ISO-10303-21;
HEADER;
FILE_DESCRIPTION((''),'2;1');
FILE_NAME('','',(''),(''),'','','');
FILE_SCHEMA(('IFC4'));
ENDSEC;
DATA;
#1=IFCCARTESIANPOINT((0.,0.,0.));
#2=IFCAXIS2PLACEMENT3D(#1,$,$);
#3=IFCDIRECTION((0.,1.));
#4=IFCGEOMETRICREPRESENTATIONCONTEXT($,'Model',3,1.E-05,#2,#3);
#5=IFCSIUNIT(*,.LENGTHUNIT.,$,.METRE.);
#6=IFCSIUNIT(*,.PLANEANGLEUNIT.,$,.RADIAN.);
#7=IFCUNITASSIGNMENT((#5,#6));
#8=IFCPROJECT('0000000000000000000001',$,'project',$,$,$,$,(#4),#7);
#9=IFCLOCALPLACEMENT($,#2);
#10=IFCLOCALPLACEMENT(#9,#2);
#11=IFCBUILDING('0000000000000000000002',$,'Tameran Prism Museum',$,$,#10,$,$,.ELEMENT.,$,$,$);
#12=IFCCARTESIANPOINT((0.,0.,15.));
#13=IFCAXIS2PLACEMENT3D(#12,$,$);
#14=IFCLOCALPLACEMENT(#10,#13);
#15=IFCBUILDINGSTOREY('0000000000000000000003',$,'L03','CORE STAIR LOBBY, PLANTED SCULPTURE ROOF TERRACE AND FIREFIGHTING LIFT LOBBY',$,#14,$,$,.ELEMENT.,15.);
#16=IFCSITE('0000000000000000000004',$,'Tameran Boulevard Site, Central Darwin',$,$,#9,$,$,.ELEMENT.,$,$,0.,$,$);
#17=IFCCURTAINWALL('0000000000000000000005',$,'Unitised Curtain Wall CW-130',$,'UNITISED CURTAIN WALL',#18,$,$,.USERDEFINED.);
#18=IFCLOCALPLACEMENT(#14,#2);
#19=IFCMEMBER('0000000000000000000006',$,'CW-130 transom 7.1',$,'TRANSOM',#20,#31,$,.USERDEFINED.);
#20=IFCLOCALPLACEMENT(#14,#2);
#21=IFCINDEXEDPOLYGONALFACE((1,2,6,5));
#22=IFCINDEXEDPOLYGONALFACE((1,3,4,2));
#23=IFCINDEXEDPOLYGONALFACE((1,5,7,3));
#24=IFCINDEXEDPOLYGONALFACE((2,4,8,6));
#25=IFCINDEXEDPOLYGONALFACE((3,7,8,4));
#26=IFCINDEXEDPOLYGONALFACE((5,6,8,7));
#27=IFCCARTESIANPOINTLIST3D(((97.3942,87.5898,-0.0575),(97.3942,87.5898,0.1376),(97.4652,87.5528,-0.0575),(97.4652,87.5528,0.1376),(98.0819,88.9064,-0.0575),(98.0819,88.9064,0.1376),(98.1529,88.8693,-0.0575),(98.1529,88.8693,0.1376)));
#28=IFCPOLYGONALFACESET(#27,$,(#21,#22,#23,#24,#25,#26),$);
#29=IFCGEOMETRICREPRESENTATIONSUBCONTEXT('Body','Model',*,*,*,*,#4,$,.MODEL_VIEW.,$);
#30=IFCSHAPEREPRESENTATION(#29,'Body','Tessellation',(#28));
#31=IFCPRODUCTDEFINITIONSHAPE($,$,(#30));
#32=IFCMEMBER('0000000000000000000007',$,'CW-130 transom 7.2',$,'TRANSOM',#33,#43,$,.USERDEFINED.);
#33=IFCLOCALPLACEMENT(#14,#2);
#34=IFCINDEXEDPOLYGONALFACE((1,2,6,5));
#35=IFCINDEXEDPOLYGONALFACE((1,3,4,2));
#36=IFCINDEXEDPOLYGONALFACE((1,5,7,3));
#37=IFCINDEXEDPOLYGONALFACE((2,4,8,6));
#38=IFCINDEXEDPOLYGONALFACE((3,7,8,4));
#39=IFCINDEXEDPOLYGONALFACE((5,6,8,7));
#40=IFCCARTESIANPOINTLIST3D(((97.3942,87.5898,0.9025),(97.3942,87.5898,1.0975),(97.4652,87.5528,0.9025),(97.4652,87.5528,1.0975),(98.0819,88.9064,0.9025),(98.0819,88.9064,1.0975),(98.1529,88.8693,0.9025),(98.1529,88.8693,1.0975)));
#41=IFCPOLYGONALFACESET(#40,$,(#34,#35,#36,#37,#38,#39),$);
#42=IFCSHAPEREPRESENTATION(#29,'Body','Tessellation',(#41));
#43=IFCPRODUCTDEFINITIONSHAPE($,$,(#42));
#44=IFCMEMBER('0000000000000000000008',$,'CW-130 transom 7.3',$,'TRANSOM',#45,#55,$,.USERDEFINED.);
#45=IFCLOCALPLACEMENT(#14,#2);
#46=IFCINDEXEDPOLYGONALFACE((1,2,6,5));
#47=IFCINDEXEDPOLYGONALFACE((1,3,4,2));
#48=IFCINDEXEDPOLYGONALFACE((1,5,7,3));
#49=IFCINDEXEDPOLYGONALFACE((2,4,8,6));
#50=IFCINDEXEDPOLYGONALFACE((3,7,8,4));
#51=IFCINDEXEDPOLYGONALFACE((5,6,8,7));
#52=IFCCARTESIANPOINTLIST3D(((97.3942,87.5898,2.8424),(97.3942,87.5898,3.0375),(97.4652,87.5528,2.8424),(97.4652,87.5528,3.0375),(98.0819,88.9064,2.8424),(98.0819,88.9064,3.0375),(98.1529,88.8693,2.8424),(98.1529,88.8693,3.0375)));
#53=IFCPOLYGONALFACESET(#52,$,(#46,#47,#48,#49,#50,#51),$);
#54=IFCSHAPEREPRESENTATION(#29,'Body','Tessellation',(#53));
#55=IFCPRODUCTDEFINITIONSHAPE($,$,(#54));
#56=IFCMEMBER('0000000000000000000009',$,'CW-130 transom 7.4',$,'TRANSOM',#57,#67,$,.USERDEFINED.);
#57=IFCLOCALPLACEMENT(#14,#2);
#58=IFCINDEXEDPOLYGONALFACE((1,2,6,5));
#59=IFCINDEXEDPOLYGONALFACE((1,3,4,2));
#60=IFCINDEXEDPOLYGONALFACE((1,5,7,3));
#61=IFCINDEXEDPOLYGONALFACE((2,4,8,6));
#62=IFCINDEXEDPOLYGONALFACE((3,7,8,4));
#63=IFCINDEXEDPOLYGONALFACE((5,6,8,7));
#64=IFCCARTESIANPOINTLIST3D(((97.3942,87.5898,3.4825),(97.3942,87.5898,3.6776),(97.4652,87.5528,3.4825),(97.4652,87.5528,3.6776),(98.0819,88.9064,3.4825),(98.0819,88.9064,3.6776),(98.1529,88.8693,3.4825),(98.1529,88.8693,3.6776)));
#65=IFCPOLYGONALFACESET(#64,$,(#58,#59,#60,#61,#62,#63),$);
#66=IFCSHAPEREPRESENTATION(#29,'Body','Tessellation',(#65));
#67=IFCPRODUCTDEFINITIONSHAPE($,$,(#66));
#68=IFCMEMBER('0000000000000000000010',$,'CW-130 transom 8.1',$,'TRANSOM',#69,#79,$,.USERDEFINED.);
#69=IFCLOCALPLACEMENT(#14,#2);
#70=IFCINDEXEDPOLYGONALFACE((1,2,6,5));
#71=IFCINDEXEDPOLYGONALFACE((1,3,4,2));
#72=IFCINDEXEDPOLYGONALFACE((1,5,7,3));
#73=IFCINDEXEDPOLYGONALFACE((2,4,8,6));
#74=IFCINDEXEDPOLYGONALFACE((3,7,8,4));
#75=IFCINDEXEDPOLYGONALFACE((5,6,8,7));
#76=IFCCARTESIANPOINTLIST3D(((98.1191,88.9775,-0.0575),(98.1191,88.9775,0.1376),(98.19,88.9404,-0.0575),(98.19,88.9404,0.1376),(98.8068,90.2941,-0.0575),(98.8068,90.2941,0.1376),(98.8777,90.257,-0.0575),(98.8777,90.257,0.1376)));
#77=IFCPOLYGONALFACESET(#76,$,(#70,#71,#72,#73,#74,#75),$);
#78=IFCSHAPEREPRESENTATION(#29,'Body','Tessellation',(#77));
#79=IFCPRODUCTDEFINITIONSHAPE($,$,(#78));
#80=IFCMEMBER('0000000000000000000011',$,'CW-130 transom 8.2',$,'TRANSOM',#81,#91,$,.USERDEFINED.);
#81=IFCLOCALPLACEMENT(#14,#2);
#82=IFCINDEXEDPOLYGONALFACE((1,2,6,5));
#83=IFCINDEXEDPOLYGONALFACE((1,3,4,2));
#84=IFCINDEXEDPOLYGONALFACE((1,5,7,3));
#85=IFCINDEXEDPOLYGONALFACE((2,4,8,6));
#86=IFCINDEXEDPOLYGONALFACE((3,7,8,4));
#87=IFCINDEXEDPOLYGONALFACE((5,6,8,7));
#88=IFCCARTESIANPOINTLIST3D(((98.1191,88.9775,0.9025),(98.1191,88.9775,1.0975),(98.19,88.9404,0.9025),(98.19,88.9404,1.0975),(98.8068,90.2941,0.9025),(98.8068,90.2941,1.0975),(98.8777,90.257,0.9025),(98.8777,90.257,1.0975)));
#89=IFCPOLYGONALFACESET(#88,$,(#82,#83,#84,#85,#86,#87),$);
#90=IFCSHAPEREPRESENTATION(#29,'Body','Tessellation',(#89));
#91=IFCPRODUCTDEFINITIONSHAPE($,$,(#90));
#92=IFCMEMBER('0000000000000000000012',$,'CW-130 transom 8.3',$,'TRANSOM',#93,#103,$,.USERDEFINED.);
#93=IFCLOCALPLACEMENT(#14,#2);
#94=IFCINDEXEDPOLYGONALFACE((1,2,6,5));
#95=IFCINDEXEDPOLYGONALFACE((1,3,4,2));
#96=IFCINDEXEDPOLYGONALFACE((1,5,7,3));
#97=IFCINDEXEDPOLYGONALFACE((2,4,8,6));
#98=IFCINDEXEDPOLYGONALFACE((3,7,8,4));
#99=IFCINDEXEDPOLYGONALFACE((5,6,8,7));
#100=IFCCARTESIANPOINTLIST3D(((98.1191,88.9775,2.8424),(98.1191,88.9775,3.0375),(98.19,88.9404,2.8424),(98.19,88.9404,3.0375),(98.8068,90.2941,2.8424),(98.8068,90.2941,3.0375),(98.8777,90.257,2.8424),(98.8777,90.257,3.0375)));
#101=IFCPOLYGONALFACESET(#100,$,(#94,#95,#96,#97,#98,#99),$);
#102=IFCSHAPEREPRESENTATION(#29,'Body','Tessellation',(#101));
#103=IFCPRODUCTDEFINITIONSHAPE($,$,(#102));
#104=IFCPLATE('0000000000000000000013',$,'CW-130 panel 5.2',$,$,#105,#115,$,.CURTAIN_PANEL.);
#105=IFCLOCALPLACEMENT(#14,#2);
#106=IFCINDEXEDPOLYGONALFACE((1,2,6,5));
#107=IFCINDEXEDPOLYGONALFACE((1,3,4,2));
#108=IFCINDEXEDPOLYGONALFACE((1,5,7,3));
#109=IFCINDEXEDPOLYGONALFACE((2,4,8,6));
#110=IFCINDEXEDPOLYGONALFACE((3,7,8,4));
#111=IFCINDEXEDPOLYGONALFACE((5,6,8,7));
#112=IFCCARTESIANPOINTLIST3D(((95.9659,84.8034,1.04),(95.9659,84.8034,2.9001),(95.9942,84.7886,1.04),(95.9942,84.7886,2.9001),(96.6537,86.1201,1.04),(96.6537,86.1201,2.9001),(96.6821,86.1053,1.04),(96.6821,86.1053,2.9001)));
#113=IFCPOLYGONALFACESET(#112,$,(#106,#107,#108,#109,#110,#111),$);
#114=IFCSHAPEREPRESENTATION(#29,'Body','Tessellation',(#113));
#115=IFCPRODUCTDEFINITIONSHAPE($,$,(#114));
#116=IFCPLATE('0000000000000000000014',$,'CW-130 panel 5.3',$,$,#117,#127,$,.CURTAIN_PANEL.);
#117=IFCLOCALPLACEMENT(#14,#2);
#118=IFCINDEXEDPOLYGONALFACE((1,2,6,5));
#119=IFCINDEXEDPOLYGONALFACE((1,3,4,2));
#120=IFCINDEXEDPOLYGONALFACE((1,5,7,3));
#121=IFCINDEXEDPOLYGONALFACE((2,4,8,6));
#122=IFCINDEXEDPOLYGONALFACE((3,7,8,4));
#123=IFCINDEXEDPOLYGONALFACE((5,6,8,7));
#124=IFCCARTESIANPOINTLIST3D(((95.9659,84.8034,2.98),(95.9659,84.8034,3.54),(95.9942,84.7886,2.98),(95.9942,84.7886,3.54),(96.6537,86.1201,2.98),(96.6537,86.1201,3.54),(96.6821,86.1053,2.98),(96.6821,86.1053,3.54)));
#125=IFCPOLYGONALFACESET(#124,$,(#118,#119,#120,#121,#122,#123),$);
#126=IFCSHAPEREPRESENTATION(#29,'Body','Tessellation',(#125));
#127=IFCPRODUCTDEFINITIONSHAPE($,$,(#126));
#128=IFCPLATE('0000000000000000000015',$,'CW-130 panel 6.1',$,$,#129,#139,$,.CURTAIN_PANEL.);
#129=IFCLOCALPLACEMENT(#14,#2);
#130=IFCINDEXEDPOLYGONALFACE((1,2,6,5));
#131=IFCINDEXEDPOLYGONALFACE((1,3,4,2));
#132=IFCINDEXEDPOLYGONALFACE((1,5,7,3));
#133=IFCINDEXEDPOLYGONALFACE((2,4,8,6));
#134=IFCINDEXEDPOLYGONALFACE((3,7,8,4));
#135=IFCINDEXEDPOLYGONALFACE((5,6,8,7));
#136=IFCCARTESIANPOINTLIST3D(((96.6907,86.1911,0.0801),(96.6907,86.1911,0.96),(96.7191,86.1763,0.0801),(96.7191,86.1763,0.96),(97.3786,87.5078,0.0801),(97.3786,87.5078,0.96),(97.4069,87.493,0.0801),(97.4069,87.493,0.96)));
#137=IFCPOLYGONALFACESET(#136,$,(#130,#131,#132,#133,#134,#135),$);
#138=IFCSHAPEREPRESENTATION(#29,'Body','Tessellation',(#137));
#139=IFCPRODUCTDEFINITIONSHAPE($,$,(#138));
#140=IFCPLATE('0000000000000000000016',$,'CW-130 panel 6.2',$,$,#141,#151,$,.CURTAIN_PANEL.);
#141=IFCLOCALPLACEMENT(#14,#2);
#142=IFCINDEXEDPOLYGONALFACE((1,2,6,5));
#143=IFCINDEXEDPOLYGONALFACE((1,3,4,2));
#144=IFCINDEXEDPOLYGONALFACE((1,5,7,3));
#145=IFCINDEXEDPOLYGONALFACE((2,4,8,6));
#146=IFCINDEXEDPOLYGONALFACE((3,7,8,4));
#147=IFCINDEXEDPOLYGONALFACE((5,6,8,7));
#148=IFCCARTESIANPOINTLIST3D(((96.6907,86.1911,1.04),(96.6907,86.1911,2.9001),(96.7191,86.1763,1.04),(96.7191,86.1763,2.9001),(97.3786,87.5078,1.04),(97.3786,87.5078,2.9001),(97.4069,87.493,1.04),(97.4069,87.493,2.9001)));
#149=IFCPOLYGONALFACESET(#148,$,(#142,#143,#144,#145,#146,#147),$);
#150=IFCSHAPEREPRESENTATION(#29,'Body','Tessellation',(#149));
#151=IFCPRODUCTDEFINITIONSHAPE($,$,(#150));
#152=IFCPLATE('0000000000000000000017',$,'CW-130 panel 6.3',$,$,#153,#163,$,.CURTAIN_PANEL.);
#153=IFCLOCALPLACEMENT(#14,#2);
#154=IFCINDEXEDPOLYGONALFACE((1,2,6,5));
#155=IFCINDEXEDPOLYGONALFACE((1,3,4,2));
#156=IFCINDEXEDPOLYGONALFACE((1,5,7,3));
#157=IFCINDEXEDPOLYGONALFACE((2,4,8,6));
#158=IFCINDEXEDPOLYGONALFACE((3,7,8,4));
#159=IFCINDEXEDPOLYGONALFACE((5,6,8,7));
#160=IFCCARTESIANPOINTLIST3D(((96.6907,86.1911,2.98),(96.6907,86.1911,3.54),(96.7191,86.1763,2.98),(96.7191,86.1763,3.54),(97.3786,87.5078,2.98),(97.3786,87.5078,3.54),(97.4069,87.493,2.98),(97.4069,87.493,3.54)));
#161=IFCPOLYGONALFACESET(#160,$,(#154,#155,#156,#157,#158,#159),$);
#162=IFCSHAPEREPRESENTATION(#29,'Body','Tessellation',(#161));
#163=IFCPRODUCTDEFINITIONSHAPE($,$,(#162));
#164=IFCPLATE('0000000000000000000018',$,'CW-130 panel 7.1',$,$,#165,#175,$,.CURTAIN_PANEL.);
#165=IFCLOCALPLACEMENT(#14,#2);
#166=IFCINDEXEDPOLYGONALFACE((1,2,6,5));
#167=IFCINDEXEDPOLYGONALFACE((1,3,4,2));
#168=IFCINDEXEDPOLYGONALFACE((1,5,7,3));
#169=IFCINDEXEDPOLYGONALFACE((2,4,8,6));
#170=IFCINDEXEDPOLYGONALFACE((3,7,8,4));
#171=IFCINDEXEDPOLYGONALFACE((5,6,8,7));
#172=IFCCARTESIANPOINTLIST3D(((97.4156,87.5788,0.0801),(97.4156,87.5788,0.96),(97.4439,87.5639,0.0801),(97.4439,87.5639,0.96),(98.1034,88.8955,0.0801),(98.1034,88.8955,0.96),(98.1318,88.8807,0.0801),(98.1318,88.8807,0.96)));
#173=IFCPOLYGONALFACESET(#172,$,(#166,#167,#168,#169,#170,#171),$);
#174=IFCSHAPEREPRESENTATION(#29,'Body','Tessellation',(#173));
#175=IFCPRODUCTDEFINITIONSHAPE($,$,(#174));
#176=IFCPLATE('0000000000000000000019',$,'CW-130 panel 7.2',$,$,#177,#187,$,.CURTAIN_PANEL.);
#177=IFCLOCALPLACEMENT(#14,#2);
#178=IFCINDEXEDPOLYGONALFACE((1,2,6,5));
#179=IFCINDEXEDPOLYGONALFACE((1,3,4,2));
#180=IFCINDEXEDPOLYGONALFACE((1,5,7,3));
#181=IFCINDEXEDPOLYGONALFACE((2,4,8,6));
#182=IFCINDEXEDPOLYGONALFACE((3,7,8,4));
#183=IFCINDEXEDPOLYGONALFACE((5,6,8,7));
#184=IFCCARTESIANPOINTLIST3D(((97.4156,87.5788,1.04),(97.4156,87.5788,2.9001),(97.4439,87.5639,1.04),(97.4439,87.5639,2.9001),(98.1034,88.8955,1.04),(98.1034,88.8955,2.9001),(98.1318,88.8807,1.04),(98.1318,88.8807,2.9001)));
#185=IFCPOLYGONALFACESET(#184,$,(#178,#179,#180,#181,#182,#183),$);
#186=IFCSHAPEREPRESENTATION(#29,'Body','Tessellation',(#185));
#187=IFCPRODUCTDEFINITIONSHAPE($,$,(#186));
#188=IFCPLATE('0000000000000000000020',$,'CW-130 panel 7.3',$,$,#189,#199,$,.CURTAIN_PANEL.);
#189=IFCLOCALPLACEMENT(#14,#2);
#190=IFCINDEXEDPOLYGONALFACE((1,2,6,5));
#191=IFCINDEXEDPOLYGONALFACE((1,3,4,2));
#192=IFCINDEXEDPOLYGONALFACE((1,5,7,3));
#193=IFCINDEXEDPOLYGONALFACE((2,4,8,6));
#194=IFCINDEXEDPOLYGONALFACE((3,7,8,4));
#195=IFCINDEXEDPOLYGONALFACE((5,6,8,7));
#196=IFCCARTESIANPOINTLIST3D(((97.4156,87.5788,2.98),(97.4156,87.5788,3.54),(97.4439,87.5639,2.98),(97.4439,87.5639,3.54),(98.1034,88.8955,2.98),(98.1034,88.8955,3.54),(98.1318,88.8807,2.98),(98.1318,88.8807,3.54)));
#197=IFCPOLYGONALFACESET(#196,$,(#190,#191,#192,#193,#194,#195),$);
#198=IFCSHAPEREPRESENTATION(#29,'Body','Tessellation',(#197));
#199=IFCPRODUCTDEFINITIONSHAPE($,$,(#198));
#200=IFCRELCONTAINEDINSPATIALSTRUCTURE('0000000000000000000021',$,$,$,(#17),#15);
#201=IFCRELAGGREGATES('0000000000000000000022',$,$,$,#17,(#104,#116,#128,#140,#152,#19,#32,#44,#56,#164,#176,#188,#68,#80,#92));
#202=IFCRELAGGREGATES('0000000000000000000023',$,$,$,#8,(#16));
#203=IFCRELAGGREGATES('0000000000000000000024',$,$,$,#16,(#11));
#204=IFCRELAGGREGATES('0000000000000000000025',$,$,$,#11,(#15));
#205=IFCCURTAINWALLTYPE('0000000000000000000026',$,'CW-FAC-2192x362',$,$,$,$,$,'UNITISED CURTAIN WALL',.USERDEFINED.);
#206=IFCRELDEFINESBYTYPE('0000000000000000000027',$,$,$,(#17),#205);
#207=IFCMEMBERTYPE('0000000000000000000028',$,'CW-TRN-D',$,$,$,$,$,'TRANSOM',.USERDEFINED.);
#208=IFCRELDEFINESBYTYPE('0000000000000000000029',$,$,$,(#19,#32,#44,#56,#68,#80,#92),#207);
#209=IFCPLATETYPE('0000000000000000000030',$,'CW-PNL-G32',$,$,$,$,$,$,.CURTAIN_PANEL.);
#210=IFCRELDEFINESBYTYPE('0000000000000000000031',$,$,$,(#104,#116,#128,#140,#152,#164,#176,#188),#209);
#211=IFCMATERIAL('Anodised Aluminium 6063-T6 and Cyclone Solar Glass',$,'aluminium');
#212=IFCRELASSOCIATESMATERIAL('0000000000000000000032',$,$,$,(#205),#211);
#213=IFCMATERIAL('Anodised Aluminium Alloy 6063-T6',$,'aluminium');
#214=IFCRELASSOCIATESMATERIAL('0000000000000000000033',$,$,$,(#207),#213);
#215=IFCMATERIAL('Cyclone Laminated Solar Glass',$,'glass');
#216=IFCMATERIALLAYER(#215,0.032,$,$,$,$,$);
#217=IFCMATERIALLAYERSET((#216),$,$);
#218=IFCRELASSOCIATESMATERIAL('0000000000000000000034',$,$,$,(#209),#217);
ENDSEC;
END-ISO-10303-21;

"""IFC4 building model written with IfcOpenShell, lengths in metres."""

from ifc_helpers import new_model, si_unit, direction, frame, origin, origin_2d, place, context, subcontext, project, spatial, rectangle, extrude, material, layer, layer_set, material_profile, profile_set, type_object, element, aggregate, save


model = new_model("IFC4")

# Units and contexts
model_context = context("Model", 3, precision=1e-05, world=origin(), true_north=direction((0.0, 1.0)))
body_context = subcontext(model_context, "Body", "Model", "MODEL_VIEW")
ifc_project = project(units=[si_unit("LENGTHUNIT", "METRE"), si_unit("PLANEANGLEUNIT", "RADIAN")], contexts=[model_context])

# Site, building, storey
site_placement = place(None, origin())
site = spatial("IfcSite", under=ifc_project, at=site_placement, Name="Tameran Boulevard Site, Central Darwin", CompositionType="ELEMENT", RefElevation=0.0)
building_placement = place(site_placement, origin())
building = spatial("IfcBuilding", under=site, at=building_placement, Name="Tameran Prism Museum", CompositionType="ELEMENT")
storey_placement = place(building_placement, frame((0.0, 0.0, 15.0)))
storey = spatial("IfcBuildingStorey", under=building, at=storey_placement, Name="L03", Description="CORE STAIR LOBBY, PLANTED SCULPTURE ROOF TERRACE AND FIREFIGHTING LIFT LOBBY", CompositionType="ELEMENT", Elevation=15.0)

# Curtain wall, members, plates
ifc_material_1 = material(Name="Anodised Aluminium 6063-T6 and Cyclone Solar Glass", Category="aluminium")
curtain_wall_type = type_object("IfcCurtainWallType", Name="CW-FAC-2192x362", ElementType="UNITISED CURTAIN WALL", PredefinedType="USERDEFINED", material=ifc_material_1)
curtain_wall_placement = place(storey_placement, origin())
curtain_wall = element("IfcCurtainWall", 1, at=curtain_wall_placement, inside=storey, type_object=curtain_wall_type, Name="Unitised Curtain Wall CW-130", ObjectType="UNITISED CURTAIN WALL", PredefinedType="USERDEFINED")
ifc_material_2 = material(Name="Anodised Aluminium Alloy 6063-T6", Category="aluminium")
ifc_material_profile_1 = material_profile(ifc_material_2, rectangle(XDim=0.0801, YDim=0.1951, at=origin_2d()))
ifc_profile_set_1 = profile_set([ifc_material_profile_1])
member_type_1 = type_object("IfcMemberType", Name="CW-TRN-D", ElementType="TRANSOM", PredefinedType="USERDEFINED", material=ifc_profile_set_1)
member_1_placement = place(storey_placement, frame((97.4297, 87.5713, 0.04), z_axis=(0.462987, 0.886365, 0.0), x_axis=(-0.886365, 0.462987, 0.0)))
member_1 = element("IfcMember", 2, at=member_1_placement, type_object=member_type_1, Name="CW-130 transom 7.1", ObjectType="TRANSOM", PredefinedType="USERDEFINED", context=body_context, shape_type="SweptSolid", body=[
    extrude(rectangle(XDim=0.0801, YDim=0.1951, at=origin_2d()), origin(), (0.0, 0.0, 1.0), 1.4854),
])
member_2_placement = place(storey_placement, frame((97.4297, 87.5713, 1.0), z_axis=(0.462987, 0.886365, 0.0), x_axis=(-0.886365, 0.462987, 0.0)))
member_2 = element("IfcMember", 3, at=member_2_placement, type_object=member_type_1, Name="CW-130 transom 7.2", ObjectType="TRANSOM", PredefinedType="USERDEFINED", context=body_context, shape_type="SweptSolid", body=[
    extrude(rectangle(XDim=0.0801, YDim=0.1951, at=origin_2d()), origin(), (0.0, 0.0, 1.0), 1.4854),
])
member_3_placement = place(storey_placement, frame((97.4297, 87.5713, 2.9399), z_axis=(0.462987, 0.886365, 0.0), x_axis=(-0.886365, 0.462987, 0.0)))
member_3 = element("IfcMember", 4, at=member_3_placement, type_object=member_type_1, Name="CW-130 transom 7.3", ObjectType="TRANSOM", PredefinedType="USERDEFINED", context=body_context, shape_type="SweptSolid", body=[
    extrude(rectangle(XDim=0.0801, YDim=0.1951, at=origin_2d()), origin(), (0.0, 0.0, 1.0), 1.4854),
])
member_4_placement = place(storey_placement, frame((97.4297, 87.5713, 3.5801), z_axis=(0.462987, 0.886365, 0.0), x_axis=(-0.886365, 0.462987, 0.0)))
member_4 = element("IfcMember", 5, at=member_4_placement, type_object=member_type_1, Name="CW-130 transom 7.4", ObjectType="TRANSOM", PredefinedType="USERDEFINED", context=body_context, shape_type="SweptSolid", body=[
    extrude(rectangle(XDim=0.0801, YDim=0.1951, at=origin_2d()), origin(), (0.0, 0.0, 1.0), 1.4854),
])
member_5_placement = place(storey_placement, frame((98.1545, 88.959, 0.04), z_axis=(0.462987, 0.886365, 0.0), x_axis=(-0.886365, 0.462987, 0.0)))
member_5 = element("IfcMember", 6, at=member_5_placement, type_object=member_type_1, Name="CW-130 transom 8.1", ObjectType="TRANSOM", PredefinedType="USERDEFINED", context=body_context, shape_type="SweptSolid", body=[
    extrude(rectangle(XDim=0.0801, YDim=0.1951, at=origin_2d()), origin(), (0.0, 0.0, 1.0), 1.4854),
])
member_6_placement = place(storey_placement, frame((98.1545, 88.959, 1.0), z_axis=(0.462987, 0.886365, 0.0), x_axis=(-0.886365, 0.462987, 0.0)))
member_6 = element("IfcMember", 7, at=member_6_placement, type_object=member_type_1, Name="CW-130 transom 8.2", ObjectType="TRANSOM", PredefinedType="USERDEFINED", context=body_context, shape_type="SweptSolid", body=[
    extrude(rectangle(XDim=0.0801, YDim=0.1951, at=origin_2d()), origin(), (0.0, 0.0, 1.0), 1.4854),
])
member_7_placement = place(storey_placement, frame((98.1545, 88.959, 2.9399), z_axis=(0.462987, 0.886365, 0.0), x_axis=(-0.886365, 0.462987, 0.0)))
member_7 = element("IfcMember", 8, at=member_7_placement, type_object=member_type_1, Name="CW-130 transom 8.3", ObjectType="TRANSOM", PredefinedType="USERDEFINED", context=body_context, shape_type="SweptSolid", body=[
    extrude(rectangle(XDim=0.0801, YDim=0.1951, at=origin_2d()), origin(), (0.0, 0.0, 1.0), 1.4854),
])
ifc_material_3 = material(Name="Cyclone Laminated Solar Glass", Category="glass")
ifc_layer_1 = layer(ifc_material_3, 0.032)
ifc_layer_set_1 = layer_set([ifc_layer_1])
plate_type = type_object("IfcPlateType", Name="CW-PNL-G32", PredefinedType="CURTAIN_PANEL", material=ifc_layer_set_1)
plate_1_placement = place(storey_placement, frame((96.324, 85.4543, 1.04), z_axis=(0.0, 0.0, 1.0), x_axis=(0.463003, 0.886357, 0.0)))
plate_1 = element("IfcPlate", 9, at=plate_1_placement, type_object=plate_type, Name="CW-130 panel 5.2", PredefinedType="CURTAIN_PANEL", context=body_context, shape_type="SweptSolid", body=[
    extrude(rectangle(XDim=1.4856, YDim=0.032, at=origin_2d()), origin(), (0.0, 0.0, 1.0), 1.8601),
])
plate_2_placement = place(storey_placement, frame((96.324, 85.4543, 2.98), z_axis=(0.0, 0.0, 1.0), x_axis=(0.463003, 0.886357, 0.0)))
plate_2 = element("IfcPlate", 10, at=plate_2_placement, type_object=plate_type, Name="CW-130 panel 5.3", PredefinedType="CURTAIN_PANEL", context=body_context, shape_type="SweptSolid", body=[
    extrude(rectangle(XDim=1.4856, YDim=0.032, at=origin_2d()), origin(), (0.0, 0.0, 1.0), 0.5601),
])
plate_3_placement = place(storey_placement, frame((97.0488, 86.842, 0.0801), z_axis=(0.0, 0.0, 1.0), x_axis=(0.463003, 0.886357, 0.0)))
plate_3 = element("IfcPlate", 11, at=plate_3_placement, type_object=plate_type, Name="CW-130 panel 6.1", PredefinedType="CURTAIN_PANEL", context=body_context, shape_type="SweptSolid", body=[
    extrude(rectangle(XDim=1.4856, YDim=0.032, at=origin_2d()), origin(), (0.0, 0.0, 1.0), 0.8799),
])
plate_4_placement = place(storey_placement, frame((97.0488, 86.842, 1.04), z_axis=(0.0, 0.0, 1.0), x_axis=(0.463003, 0.886357, 0.0)))
plate_4 = element("IfcPlate", 12, at=plate_4_placement, type_object=plate_type, Name="CW-130 panel 6.2", PredefinedType="CURTAIN_PANEL", context=body_context, shape_type="SweptSolid", body=[
    extrude(rectangle(XDim=1.4856, YDim=0.032, at=origin_2d()), origin(), (0.0, 0.0, 1.0), 1.8601),
])
plate_5_placement = place(storey_placement, frame((97.0488, 86.842, 2.98), z_axis=(0.0, 0.0, 1.0), x_axis=(0.463003, 0.886357, 0.0)))
plate_5 = element("IfcPlate", 13, at=plate_5_placement, type_object=plate_type, Name="CW-130 panel 6.3", PredefinedType="CURTAIN_PANEL", context=body_context, shape_type="SweptSolid", body=[
    extrude(rectangle(XDim=1.4856, YDim=0.032, at=origin_2d()), origin(), (0.0, 0.0, 1.0), 0.5601),
])
plate_6_placement = place(storey_placement, frame((97.7737, 88.2297, 0.0801), z_axis=(0.0, 0.0, 1.0), x_axis=(0.463003, 0.886357, 0.0)))
plate_6 = element("IfcPlate", 14, at=plate_6_placement, type_object=plate_type, Name="CW-130 panel 7.1", PredefinedType="CURTAIN_PANEL", context=body_context, shape_type="SweptSolid", body=[
    extrude(rectangle(XDim=1.4856, YDim=0.032, at=origin_2d()), origin(), (0.0, 0.0, 1.0), 0.8799),
])
plate_7_placement = place(storey_placement, frame((97.7737, 88.2297, 1.04), z_axis=(0.0, 0.0, 1.0), x_axis=(0.463003, 0.886357, 0.0)))
plate_7 = element("IfcPlate", 15, at=plate_7_placement, type_object=plate_type, Name="CW-130 panel 7.2", PredefinedType="CURTAIN_PANEL", context=body_context, shape_type="SweptSolid", body=[
    extrude(rectangle(XDim=1.4856, YDim=0.032, at=origin_2d()), origin(), (0.0, 0.0, 1.0), 1.8601),
])
plate_8_placement = place(storey_placement, frame((97.7737, 88.2297, 2.98), z_axis=(0.0, 0.0, 1.0), x_axis=(0.463003, 0.886357, 0.0)))
plate_8 = element("IfcPlate", 16, at=plate_8_placement, type_object=plate_type, Name="CW-130 panel 7.3", PredefinedType="CURTAIN_PANEL", context=body_context, shape_type="SweptSolid", body=[
    extrude(rectangle(XDim=1.4856, YDim=0.032, at=origin_2d()), origin(), (0.0, 0.0, 1.0), 0.5601),
])
aggregate(curtain_wall, [plate_1, plate_2, plate_3, plate_4, plate_5, member_1, member_2, member_3, member_4, plate_6, plate_7, plate_8, member_5, member_6, member_7])

save(model, "model.ifc")
